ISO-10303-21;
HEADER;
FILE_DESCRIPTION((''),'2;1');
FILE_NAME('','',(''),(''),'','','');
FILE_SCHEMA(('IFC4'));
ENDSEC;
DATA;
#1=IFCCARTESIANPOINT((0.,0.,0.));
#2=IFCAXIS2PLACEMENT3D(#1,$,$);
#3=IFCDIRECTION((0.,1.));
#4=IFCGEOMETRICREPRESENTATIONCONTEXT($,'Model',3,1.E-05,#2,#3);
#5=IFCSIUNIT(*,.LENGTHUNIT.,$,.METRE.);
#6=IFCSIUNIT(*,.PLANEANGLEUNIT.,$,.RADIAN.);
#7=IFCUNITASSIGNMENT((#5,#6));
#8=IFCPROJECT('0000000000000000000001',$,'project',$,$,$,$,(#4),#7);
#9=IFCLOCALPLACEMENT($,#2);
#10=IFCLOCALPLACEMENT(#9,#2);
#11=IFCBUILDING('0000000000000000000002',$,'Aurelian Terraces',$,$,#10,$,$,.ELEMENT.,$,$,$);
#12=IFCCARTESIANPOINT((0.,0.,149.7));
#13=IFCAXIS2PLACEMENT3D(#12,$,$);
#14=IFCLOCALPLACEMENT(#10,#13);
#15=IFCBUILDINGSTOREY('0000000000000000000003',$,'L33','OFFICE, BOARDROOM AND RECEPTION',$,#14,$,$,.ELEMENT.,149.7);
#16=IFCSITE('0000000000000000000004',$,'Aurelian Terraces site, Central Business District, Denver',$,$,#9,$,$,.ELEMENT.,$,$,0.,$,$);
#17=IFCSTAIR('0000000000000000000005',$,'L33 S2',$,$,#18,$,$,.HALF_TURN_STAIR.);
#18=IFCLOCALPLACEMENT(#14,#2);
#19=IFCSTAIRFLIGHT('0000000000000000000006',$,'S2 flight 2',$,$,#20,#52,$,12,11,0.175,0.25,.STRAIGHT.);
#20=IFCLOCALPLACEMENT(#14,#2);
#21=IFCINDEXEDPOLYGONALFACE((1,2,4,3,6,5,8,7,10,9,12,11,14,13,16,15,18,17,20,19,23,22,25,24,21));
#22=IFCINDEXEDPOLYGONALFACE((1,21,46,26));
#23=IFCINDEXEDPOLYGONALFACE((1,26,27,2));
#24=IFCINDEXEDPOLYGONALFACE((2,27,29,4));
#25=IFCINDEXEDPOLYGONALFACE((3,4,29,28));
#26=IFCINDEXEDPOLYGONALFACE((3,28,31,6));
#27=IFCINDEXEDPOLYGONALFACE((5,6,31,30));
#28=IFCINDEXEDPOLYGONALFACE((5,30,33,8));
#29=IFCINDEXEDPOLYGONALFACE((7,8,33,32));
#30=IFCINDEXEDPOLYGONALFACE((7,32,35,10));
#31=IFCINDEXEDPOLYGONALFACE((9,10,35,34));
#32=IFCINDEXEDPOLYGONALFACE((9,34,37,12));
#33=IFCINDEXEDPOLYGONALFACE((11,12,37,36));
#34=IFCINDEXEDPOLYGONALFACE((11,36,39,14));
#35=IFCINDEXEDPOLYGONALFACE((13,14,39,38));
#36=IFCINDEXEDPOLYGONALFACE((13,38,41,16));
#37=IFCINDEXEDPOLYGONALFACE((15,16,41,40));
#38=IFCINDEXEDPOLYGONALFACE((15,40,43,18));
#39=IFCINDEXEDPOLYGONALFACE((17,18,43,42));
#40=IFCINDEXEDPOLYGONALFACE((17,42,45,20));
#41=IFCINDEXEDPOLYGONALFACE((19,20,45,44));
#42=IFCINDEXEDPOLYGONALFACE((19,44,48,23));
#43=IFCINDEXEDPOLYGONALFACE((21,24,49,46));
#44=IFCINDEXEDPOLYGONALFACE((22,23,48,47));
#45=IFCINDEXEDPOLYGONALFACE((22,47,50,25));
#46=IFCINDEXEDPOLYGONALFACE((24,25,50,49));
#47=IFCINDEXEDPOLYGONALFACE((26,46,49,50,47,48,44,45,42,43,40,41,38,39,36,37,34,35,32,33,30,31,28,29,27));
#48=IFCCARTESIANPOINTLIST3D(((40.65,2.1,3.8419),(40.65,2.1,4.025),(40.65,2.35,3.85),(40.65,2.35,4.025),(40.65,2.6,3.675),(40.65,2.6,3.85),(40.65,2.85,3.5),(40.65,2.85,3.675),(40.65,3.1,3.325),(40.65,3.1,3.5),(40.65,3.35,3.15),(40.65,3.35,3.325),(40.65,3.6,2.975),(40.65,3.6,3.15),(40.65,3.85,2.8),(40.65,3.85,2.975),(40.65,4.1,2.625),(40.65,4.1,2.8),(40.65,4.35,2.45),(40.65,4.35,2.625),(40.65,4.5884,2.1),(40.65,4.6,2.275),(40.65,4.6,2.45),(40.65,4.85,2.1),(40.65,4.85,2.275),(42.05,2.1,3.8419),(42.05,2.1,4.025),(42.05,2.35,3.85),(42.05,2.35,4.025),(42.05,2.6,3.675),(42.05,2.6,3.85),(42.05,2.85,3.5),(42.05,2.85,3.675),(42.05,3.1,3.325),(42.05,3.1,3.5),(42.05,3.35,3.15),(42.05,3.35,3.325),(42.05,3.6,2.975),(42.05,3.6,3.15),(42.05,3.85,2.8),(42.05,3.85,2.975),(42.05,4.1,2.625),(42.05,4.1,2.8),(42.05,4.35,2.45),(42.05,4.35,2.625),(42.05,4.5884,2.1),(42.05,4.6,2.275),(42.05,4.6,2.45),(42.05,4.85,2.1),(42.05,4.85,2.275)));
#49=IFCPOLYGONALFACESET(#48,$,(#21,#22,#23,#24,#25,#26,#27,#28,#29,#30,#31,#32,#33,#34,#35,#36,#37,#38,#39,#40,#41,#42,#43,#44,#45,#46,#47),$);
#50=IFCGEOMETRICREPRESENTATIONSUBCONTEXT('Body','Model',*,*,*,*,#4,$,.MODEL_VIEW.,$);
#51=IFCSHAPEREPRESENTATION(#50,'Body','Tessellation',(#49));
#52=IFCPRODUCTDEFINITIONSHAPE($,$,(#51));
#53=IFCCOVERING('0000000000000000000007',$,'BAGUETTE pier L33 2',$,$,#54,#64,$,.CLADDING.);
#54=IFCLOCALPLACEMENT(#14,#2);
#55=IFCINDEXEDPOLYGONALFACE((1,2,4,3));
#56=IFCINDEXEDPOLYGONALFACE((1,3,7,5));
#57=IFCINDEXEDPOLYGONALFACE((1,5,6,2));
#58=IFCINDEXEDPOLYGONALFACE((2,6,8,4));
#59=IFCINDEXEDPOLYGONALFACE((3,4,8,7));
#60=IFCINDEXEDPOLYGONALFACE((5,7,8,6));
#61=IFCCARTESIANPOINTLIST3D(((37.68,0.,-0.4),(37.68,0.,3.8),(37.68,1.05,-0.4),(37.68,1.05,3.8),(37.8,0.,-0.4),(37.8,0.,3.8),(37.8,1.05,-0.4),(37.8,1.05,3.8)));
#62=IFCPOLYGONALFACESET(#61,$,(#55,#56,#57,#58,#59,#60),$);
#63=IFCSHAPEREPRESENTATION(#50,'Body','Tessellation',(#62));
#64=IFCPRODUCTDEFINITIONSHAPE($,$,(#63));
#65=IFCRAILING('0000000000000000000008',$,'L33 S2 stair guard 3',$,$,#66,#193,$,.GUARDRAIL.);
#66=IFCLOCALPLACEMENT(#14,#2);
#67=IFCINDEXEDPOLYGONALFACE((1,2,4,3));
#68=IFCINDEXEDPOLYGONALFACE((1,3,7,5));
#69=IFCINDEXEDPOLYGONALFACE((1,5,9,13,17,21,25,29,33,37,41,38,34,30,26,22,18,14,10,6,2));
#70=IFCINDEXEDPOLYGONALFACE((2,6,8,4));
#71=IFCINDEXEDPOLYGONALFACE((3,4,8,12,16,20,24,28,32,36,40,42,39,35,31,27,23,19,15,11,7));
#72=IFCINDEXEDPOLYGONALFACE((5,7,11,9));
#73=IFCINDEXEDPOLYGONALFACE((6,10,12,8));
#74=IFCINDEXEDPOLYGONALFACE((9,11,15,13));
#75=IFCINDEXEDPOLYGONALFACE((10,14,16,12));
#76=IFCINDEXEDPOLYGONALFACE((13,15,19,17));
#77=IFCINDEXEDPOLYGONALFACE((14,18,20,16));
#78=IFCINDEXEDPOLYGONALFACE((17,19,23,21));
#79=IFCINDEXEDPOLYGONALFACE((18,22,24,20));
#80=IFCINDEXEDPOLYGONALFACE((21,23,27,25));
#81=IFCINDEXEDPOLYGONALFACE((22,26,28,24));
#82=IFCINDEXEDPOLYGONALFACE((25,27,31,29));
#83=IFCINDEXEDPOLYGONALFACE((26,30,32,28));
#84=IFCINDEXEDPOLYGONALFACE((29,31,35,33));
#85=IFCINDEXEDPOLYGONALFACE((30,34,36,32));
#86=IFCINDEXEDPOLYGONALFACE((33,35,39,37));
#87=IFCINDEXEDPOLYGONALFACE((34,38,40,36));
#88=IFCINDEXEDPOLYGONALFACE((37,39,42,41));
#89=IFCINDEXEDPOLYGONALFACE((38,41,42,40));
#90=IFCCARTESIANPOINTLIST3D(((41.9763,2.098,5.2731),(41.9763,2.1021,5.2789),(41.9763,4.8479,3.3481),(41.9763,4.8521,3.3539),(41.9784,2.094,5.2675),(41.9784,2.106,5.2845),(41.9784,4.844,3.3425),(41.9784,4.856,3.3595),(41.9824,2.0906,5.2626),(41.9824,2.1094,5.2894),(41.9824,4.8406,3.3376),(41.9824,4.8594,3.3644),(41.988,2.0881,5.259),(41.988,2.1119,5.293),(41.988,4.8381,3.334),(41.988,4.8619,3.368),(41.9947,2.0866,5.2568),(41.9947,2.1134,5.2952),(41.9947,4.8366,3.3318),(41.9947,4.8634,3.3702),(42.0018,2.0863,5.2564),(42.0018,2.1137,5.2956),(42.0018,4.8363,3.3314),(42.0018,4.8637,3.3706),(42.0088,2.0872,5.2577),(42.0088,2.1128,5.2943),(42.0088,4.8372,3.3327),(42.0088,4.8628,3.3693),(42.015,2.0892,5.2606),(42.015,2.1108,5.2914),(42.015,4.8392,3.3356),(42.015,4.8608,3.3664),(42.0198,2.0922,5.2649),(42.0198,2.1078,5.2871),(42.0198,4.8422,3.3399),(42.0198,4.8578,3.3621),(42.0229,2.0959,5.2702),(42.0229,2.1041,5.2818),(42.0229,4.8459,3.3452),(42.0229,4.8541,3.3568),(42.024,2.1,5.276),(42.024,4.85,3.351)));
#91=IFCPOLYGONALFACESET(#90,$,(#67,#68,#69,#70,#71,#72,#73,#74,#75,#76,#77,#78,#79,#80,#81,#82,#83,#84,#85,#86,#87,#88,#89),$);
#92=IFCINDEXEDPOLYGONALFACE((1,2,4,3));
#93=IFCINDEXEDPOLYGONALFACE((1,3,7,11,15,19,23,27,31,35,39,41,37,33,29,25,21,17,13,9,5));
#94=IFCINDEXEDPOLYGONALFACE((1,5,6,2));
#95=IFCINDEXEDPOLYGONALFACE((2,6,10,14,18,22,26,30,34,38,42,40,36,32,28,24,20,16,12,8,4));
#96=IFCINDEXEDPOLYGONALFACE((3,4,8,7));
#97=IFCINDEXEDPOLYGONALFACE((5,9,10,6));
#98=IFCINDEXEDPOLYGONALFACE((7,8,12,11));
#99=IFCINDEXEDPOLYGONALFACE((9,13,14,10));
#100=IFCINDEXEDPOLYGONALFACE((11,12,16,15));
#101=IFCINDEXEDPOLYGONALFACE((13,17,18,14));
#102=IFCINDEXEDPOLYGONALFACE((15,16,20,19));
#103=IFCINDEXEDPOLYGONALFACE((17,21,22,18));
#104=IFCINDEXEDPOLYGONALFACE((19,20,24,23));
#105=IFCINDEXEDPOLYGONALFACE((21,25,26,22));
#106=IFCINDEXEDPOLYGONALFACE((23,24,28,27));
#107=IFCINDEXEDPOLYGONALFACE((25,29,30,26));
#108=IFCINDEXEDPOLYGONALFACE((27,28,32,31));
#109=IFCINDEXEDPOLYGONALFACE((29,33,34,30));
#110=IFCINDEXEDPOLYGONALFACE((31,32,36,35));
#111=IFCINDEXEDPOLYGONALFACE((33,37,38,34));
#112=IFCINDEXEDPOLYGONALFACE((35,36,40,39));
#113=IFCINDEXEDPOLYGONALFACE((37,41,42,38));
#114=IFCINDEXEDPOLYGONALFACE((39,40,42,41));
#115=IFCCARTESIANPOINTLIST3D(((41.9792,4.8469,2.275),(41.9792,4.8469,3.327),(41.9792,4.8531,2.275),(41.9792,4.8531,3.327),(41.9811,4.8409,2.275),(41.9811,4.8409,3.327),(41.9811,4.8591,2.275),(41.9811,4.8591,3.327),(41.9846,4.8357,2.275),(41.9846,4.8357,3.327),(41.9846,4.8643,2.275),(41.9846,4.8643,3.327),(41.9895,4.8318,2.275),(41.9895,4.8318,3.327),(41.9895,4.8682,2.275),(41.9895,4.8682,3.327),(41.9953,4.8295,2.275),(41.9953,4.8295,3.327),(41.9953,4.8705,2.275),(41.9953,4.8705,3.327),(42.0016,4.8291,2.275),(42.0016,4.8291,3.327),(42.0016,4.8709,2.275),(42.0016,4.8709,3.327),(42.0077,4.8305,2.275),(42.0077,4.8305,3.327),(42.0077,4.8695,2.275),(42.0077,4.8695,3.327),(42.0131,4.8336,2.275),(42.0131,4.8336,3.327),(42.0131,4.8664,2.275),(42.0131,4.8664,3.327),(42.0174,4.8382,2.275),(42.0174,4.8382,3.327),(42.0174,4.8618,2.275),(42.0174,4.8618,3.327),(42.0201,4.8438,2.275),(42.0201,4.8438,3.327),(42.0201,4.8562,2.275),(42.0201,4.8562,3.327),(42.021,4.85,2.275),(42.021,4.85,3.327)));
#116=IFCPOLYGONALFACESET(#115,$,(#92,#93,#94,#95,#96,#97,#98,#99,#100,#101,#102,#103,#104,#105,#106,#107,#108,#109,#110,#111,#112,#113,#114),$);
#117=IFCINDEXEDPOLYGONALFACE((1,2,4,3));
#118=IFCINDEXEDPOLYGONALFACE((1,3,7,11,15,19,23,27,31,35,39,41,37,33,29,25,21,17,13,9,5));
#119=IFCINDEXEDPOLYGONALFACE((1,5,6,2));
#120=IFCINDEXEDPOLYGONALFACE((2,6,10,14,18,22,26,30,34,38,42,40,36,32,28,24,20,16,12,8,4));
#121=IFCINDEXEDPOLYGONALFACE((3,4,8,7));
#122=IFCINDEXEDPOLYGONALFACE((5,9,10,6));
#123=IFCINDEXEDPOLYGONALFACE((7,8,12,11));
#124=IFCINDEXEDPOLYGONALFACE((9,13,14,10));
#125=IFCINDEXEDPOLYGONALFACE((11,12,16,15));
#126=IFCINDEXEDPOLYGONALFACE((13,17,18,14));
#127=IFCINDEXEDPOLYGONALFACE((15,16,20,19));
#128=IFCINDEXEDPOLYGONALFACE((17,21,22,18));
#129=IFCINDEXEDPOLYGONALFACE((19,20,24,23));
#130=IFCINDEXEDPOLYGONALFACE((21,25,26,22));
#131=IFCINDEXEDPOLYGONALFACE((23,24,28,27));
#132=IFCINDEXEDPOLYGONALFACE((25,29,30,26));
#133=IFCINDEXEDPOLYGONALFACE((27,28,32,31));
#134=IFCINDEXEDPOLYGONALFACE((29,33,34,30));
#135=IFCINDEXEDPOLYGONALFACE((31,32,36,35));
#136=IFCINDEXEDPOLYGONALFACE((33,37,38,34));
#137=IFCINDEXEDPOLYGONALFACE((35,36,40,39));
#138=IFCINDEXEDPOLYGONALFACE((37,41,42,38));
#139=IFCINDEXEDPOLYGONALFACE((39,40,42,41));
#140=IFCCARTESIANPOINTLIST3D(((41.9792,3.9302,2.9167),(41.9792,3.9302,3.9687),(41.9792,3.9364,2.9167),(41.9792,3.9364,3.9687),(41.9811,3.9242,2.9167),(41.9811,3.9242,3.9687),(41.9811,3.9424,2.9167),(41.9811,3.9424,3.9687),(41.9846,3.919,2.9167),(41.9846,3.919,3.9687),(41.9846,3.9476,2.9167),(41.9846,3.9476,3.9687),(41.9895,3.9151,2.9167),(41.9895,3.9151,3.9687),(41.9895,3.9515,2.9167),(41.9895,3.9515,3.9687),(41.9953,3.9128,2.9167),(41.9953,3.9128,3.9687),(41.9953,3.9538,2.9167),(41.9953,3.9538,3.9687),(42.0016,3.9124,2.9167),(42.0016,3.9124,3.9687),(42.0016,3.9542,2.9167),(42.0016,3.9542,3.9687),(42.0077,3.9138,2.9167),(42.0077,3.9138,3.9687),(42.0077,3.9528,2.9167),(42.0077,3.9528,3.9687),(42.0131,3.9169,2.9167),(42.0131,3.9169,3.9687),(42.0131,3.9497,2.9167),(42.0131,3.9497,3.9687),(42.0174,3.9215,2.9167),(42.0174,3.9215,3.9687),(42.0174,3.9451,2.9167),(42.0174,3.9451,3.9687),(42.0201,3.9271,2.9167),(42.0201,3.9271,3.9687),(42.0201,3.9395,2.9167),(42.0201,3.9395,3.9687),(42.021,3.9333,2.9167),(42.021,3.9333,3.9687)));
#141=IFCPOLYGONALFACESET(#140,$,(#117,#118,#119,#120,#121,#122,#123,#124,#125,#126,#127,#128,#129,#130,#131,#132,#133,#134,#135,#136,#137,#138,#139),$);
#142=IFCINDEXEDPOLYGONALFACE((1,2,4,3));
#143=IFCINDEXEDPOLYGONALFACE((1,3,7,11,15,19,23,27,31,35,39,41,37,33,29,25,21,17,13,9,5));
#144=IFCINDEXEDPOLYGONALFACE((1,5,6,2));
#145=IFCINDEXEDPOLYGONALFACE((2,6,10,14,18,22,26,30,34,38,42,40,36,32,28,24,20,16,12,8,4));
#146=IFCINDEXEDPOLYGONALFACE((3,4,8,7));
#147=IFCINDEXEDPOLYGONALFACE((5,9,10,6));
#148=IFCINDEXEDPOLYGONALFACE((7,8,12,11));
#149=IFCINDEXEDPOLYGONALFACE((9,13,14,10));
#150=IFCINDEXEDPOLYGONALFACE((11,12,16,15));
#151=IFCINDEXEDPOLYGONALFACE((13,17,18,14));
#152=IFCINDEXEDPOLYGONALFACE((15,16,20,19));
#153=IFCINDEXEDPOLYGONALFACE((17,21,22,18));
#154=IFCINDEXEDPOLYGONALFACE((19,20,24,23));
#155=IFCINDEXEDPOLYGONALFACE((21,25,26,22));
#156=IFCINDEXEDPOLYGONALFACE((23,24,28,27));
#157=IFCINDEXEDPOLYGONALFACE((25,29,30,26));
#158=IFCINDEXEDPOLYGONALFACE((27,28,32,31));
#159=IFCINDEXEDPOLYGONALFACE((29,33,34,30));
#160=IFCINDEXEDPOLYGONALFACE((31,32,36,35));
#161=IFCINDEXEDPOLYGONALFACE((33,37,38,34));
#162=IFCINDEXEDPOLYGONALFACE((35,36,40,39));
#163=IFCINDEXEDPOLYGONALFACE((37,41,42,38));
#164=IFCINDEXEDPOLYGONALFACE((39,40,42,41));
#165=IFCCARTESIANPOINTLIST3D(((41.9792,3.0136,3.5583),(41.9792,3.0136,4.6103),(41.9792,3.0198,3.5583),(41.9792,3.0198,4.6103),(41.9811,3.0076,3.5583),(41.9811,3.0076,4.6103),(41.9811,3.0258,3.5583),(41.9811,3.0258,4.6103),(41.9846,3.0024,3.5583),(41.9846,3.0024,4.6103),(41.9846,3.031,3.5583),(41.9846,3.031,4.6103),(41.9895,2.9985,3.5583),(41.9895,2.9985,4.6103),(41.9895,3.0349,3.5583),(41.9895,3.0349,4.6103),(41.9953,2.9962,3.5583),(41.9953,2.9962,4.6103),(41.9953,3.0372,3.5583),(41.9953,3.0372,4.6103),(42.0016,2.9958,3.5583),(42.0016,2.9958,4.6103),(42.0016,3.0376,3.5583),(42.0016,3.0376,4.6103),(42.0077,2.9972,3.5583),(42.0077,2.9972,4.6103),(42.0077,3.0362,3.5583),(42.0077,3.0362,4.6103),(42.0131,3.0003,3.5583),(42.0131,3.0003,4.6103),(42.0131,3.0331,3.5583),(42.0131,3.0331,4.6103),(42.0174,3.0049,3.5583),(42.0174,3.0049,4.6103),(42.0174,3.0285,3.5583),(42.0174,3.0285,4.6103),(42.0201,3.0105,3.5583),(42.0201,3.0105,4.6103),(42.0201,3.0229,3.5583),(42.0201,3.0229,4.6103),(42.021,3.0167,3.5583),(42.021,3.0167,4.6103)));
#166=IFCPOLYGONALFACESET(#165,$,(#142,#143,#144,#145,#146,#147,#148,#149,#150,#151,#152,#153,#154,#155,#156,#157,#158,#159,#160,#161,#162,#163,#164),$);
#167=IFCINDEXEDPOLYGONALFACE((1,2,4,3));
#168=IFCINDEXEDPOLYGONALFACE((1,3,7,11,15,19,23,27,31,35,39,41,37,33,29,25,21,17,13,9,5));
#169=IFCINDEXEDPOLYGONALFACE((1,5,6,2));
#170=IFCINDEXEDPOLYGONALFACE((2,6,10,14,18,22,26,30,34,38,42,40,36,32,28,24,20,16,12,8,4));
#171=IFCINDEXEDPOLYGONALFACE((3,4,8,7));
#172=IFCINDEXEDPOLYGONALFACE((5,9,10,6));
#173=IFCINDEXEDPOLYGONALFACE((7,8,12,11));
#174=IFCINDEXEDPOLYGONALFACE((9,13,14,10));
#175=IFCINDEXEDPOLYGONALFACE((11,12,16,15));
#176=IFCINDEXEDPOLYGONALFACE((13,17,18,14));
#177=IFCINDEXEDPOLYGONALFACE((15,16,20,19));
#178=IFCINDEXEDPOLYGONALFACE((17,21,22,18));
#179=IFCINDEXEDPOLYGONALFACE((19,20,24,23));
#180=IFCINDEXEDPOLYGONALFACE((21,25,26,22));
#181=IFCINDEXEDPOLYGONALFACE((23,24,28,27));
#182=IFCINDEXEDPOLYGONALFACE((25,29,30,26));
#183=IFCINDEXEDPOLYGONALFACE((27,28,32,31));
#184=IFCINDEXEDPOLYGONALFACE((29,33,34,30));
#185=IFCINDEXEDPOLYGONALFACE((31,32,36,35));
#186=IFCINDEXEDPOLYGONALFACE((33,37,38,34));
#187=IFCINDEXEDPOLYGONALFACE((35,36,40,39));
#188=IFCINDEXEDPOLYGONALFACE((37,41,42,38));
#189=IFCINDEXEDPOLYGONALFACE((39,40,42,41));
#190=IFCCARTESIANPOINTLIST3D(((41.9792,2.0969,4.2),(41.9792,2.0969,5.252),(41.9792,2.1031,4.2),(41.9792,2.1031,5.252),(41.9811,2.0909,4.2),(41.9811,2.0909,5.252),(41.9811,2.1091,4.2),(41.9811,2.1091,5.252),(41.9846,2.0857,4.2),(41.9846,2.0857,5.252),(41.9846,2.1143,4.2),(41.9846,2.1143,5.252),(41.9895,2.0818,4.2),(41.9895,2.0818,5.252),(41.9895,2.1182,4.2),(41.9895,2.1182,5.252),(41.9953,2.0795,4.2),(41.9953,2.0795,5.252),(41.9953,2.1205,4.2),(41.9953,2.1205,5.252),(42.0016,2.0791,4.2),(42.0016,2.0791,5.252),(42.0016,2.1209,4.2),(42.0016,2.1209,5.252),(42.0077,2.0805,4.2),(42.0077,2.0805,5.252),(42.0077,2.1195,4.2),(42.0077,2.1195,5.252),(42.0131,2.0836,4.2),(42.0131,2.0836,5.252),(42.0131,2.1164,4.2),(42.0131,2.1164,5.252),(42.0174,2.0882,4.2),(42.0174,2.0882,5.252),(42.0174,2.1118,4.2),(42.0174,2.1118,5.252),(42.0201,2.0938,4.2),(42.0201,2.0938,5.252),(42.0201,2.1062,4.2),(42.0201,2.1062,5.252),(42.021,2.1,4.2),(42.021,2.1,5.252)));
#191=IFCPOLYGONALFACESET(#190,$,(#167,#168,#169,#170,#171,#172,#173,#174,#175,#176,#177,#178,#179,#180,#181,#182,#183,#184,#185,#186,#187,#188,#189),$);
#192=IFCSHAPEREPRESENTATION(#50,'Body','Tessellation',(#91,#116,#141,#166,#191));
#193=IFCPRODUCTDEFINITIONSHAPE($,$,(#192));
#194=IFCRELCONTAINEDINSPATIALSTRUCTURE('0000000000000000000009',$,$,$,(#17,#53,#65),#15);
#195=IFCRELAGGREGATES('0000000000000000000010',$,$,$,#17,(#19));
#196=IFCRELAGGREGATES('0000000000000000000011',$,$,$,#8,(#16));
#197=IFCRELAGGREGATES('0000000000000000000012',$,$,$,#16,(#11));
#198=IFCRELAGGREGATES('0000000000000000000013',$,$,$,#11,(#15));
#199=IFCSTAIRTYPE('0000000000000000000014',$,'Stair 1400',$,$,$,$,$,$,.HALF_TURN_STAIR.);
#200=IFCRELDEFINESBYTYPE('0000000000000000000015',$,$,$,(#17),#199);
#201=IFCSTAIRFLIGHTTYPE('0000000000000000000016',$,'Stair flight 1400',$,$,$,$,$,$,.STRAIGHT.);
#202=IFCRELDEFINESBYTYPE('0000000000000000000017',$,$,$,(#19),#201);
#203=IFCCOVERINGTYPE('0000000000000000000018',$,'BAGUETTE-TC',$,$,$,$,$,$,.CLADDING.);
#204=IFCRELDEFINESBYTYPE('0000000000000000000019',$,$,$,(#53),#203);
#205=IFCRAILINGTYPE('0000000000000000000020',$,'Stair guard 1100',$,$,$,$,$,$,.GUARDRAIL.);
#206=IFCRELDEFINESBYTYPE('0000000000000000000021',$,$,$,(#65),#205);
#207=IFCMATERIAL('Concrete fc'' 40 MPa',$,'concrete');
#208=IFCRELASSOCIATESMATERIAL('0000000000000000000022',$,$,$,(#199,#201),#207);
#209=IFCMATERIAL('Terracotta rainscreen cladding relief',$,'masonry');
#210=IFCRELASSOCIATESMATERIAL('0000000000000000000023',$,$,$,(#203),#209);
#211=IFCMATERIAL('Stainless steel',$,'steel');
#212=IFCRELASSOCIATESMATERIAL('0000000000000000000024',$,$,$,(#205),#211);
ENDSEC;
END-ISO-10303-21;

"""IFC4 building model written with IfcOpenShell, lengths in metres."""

from ifc_helpers import new_model, si_unit, direction, frame, origin, origin_2d, place, context, subcontext, project, spatial, polyline, rectangle, circle, outline, extrude, source, transform, mapped, material, type_object, element, aggregate, save


model = new_model("IFC4")

# Units and contexts
model_context = context("Model", 3, precision=1e-05, world=origin(), true_north=direction((0.0, 1.0)))
body_context = subcontext(model_context, "Body", "Model", "MODEL_VIEW")
ifc_project = project(units=[si_unit("LENGTHUNIT", "METRE"), si_unit("PLANEANGLEUNIT", "RADIAN")], contexts=[model_context])

# Site, building, storey
site_placement = place(None, origin())
site = spatial("IfcSite", under=ifc_project, at=site_placement, Name="Aurelian Terraces site, Central Business District, Denver", CompositionType="ELEMENT", RefElevation=0.0)
building_placement = place(site_placement, origin())
building = spatial("IfcBuilding", under=site, at=building_placement, Name="Aurelian Terraces", CompositionType="ELEMENT")
storey_placement = place(building_placement, frame((0.0, 0.0, 149.7)))
storey = spatial("IfcBuildingStorey", under=building, at=storey_placement, Name="L33", Description="OFFICE, BOARDROOM AND RECEPTION", CompositionType="ELEMENT", Elevation=149.7)

# Shared definitions
ifc_material_1 = material(Name="Concrete fc' 40 MPa", Category="concrete")

# Stair, stair flight
stair_type = type_object("IfcStairType", Name="Stair 1400", PredefinedType="HALF_TURN_STAIR", material=ifc_material_1)
stair_placement = place(storey_placement, origin())
stair = element("IfcStair", 1, at=stair_placement, inside=storey, type_object=stair_type, Name="L33 S2", PredefinedType="HALF_TURN_STAIR")
stair_flight_type = type_object("IfcStairFlightType", Name="Stair flight 1400", PredefinedType="STRAIGHT", material=ifc_material_1)
shared_shape_1 = source(origin(), body_context, "Body", "SweptSolid", [
    extrude(outline(polyline([(0.0, 0.0), (0.0, 0.175), (0.25, 0.175), (0.25, 0.35), (0.5, 0.35), (0.5, 0.525), (0.75, 0.525), (0.75, 0.7), (1.0, 0.7), (1.0, 0.875), (1.25, 0.875), (1.25, 1.05), (1.5, 1.05), (1.5, 1.225), (1.75, 1.225), (1.75, 1.4), (2.0, 1.4), (2.0, 1.575), (2.25, 1.575), (2.25, 1.75), (2.5, 1.75), (2.5, 1.925), (2.75, 1.925), (2.75, 2.1), (2.75, 1.7419), (0.2616, 0.0), (0.0, 0.0)])), frame((0.0, 0.7, 0.0), z_axis=(0.0, -1.0, 0.0), x_axis=(1.0, 0.0, 0.0)), (0.0, 0.0, 1.0), 1.4),
])
stair_flight_placement = place(storey_placement, frame((41.35, 4.85, 2.1), z_axis=(0.0, 0.0, 1.0), x_axis=(0.0, -1.0, 0.0)))
stair_flight = element("IfcStairFlight", 2, at=stair_flight_placement, type_object=stair_flight_type, Name="S2 flight 2", NumberOfRisers=12, NumberOfTreads=11, PredefinedType="STRAIGHT", RiserHeight=0.175, TreadLength=0.25, context=body_context, shape_type="MappedRepresentation", body=[
    mapped(shared_shape_1, transform((0.0, 0.0, 0.0), scale=1.0)),
])
aggregate(stair, [stair_flight])

# Covering
ifc_material_2 = material(Name="Terracotta rainscreen cladding relief", Category="masonry")
covering_type = type_object("IfcCoveringType", Name="BAGUETTE-TC", PredefinedType="CLADDING", material=ifc_material_2)
shared_shape_2 = source(origin(), body_context, "Body", "SweptSolid", [
    extrude(rectangle(XDim=0.12, YDim=1.05, at=origin_2d()), origin(), (0.0, 0.0, 1.0), 4.2),
])
covering_placement = place(storey_placement, frame((37.74, 0.525, -0.4), z_axis=(0.0, 0.0, 1.0), x_axis=(1.0, 0.0, 0.0)))
element("IfcCovering", 3, at=covering_placement, inside=storey, type_object=covering_type, Name="BAGUETTE pier L33 2", PredefinedType="CLADDING", context=body_context, shape_type="MappedRepresentation", body=[
    mapped(shared_shape_2, transform((0.0, 0.0, 0.0), scale=1.0)),
])

# Railing
ifc_material_3 = material(Name="Stainless steel", Category="steel")
railing_type_1 = type_object("IfcRailingType", Name="Stair guard 1100", PredefinedType="GUARDRAIL", material=ifc_material_3)
shared_shape_3 = source(origin(), body_context, "Body", "SweptSolid", [
    extrude(circle(Radius=0.024, at=origin_2d()), frame((0.0, 0.0, 1.076), z_axis=(0.0, -0.819232, 0.573462), x_axis=(1.0, 0.0, 0.0)), (0.0, 0.0, 1.0), 3.3568),
    extrude(circle(Radius=0.021, at=origin_2d()), origin(), (0.0, 0.0, 1.0), 1.052),
    extrude(circle(Radius=0.021, at=origin_2d()), frame((0.0, -0.9167, 0.6417)), (0.0, 0.0, 1.0), 1.052),
    extrude(circle(Radius=0.021, at=origin_2d()), frame((0.0, -1.8333, 1.2833)), (0.0, 0.0, 1.0), 1.052),
    extrude(circle(Radius=0.021, at=origin_2d()), frame((0.0, -2.75, 1.925)), (0.0, 0.0, 1.0), 1.052),
])
railing_1_placement = place(storey_placement, frame((42.0, 4.85, 2.275)))
element("IfcRailing", 4, at=railing_1_placement, inside=storey, type_object=railing_type_1, Name="L33 S2 stair guard 3", PredefinedType="GUARDRAIL", context=body_context, shape_type="MappedRepresentation", body=[
    mapped(shared_shape_3, transform((0.0, 0.0, 0.0), scale=1.0)),
])

save(model, "model.ifc")
